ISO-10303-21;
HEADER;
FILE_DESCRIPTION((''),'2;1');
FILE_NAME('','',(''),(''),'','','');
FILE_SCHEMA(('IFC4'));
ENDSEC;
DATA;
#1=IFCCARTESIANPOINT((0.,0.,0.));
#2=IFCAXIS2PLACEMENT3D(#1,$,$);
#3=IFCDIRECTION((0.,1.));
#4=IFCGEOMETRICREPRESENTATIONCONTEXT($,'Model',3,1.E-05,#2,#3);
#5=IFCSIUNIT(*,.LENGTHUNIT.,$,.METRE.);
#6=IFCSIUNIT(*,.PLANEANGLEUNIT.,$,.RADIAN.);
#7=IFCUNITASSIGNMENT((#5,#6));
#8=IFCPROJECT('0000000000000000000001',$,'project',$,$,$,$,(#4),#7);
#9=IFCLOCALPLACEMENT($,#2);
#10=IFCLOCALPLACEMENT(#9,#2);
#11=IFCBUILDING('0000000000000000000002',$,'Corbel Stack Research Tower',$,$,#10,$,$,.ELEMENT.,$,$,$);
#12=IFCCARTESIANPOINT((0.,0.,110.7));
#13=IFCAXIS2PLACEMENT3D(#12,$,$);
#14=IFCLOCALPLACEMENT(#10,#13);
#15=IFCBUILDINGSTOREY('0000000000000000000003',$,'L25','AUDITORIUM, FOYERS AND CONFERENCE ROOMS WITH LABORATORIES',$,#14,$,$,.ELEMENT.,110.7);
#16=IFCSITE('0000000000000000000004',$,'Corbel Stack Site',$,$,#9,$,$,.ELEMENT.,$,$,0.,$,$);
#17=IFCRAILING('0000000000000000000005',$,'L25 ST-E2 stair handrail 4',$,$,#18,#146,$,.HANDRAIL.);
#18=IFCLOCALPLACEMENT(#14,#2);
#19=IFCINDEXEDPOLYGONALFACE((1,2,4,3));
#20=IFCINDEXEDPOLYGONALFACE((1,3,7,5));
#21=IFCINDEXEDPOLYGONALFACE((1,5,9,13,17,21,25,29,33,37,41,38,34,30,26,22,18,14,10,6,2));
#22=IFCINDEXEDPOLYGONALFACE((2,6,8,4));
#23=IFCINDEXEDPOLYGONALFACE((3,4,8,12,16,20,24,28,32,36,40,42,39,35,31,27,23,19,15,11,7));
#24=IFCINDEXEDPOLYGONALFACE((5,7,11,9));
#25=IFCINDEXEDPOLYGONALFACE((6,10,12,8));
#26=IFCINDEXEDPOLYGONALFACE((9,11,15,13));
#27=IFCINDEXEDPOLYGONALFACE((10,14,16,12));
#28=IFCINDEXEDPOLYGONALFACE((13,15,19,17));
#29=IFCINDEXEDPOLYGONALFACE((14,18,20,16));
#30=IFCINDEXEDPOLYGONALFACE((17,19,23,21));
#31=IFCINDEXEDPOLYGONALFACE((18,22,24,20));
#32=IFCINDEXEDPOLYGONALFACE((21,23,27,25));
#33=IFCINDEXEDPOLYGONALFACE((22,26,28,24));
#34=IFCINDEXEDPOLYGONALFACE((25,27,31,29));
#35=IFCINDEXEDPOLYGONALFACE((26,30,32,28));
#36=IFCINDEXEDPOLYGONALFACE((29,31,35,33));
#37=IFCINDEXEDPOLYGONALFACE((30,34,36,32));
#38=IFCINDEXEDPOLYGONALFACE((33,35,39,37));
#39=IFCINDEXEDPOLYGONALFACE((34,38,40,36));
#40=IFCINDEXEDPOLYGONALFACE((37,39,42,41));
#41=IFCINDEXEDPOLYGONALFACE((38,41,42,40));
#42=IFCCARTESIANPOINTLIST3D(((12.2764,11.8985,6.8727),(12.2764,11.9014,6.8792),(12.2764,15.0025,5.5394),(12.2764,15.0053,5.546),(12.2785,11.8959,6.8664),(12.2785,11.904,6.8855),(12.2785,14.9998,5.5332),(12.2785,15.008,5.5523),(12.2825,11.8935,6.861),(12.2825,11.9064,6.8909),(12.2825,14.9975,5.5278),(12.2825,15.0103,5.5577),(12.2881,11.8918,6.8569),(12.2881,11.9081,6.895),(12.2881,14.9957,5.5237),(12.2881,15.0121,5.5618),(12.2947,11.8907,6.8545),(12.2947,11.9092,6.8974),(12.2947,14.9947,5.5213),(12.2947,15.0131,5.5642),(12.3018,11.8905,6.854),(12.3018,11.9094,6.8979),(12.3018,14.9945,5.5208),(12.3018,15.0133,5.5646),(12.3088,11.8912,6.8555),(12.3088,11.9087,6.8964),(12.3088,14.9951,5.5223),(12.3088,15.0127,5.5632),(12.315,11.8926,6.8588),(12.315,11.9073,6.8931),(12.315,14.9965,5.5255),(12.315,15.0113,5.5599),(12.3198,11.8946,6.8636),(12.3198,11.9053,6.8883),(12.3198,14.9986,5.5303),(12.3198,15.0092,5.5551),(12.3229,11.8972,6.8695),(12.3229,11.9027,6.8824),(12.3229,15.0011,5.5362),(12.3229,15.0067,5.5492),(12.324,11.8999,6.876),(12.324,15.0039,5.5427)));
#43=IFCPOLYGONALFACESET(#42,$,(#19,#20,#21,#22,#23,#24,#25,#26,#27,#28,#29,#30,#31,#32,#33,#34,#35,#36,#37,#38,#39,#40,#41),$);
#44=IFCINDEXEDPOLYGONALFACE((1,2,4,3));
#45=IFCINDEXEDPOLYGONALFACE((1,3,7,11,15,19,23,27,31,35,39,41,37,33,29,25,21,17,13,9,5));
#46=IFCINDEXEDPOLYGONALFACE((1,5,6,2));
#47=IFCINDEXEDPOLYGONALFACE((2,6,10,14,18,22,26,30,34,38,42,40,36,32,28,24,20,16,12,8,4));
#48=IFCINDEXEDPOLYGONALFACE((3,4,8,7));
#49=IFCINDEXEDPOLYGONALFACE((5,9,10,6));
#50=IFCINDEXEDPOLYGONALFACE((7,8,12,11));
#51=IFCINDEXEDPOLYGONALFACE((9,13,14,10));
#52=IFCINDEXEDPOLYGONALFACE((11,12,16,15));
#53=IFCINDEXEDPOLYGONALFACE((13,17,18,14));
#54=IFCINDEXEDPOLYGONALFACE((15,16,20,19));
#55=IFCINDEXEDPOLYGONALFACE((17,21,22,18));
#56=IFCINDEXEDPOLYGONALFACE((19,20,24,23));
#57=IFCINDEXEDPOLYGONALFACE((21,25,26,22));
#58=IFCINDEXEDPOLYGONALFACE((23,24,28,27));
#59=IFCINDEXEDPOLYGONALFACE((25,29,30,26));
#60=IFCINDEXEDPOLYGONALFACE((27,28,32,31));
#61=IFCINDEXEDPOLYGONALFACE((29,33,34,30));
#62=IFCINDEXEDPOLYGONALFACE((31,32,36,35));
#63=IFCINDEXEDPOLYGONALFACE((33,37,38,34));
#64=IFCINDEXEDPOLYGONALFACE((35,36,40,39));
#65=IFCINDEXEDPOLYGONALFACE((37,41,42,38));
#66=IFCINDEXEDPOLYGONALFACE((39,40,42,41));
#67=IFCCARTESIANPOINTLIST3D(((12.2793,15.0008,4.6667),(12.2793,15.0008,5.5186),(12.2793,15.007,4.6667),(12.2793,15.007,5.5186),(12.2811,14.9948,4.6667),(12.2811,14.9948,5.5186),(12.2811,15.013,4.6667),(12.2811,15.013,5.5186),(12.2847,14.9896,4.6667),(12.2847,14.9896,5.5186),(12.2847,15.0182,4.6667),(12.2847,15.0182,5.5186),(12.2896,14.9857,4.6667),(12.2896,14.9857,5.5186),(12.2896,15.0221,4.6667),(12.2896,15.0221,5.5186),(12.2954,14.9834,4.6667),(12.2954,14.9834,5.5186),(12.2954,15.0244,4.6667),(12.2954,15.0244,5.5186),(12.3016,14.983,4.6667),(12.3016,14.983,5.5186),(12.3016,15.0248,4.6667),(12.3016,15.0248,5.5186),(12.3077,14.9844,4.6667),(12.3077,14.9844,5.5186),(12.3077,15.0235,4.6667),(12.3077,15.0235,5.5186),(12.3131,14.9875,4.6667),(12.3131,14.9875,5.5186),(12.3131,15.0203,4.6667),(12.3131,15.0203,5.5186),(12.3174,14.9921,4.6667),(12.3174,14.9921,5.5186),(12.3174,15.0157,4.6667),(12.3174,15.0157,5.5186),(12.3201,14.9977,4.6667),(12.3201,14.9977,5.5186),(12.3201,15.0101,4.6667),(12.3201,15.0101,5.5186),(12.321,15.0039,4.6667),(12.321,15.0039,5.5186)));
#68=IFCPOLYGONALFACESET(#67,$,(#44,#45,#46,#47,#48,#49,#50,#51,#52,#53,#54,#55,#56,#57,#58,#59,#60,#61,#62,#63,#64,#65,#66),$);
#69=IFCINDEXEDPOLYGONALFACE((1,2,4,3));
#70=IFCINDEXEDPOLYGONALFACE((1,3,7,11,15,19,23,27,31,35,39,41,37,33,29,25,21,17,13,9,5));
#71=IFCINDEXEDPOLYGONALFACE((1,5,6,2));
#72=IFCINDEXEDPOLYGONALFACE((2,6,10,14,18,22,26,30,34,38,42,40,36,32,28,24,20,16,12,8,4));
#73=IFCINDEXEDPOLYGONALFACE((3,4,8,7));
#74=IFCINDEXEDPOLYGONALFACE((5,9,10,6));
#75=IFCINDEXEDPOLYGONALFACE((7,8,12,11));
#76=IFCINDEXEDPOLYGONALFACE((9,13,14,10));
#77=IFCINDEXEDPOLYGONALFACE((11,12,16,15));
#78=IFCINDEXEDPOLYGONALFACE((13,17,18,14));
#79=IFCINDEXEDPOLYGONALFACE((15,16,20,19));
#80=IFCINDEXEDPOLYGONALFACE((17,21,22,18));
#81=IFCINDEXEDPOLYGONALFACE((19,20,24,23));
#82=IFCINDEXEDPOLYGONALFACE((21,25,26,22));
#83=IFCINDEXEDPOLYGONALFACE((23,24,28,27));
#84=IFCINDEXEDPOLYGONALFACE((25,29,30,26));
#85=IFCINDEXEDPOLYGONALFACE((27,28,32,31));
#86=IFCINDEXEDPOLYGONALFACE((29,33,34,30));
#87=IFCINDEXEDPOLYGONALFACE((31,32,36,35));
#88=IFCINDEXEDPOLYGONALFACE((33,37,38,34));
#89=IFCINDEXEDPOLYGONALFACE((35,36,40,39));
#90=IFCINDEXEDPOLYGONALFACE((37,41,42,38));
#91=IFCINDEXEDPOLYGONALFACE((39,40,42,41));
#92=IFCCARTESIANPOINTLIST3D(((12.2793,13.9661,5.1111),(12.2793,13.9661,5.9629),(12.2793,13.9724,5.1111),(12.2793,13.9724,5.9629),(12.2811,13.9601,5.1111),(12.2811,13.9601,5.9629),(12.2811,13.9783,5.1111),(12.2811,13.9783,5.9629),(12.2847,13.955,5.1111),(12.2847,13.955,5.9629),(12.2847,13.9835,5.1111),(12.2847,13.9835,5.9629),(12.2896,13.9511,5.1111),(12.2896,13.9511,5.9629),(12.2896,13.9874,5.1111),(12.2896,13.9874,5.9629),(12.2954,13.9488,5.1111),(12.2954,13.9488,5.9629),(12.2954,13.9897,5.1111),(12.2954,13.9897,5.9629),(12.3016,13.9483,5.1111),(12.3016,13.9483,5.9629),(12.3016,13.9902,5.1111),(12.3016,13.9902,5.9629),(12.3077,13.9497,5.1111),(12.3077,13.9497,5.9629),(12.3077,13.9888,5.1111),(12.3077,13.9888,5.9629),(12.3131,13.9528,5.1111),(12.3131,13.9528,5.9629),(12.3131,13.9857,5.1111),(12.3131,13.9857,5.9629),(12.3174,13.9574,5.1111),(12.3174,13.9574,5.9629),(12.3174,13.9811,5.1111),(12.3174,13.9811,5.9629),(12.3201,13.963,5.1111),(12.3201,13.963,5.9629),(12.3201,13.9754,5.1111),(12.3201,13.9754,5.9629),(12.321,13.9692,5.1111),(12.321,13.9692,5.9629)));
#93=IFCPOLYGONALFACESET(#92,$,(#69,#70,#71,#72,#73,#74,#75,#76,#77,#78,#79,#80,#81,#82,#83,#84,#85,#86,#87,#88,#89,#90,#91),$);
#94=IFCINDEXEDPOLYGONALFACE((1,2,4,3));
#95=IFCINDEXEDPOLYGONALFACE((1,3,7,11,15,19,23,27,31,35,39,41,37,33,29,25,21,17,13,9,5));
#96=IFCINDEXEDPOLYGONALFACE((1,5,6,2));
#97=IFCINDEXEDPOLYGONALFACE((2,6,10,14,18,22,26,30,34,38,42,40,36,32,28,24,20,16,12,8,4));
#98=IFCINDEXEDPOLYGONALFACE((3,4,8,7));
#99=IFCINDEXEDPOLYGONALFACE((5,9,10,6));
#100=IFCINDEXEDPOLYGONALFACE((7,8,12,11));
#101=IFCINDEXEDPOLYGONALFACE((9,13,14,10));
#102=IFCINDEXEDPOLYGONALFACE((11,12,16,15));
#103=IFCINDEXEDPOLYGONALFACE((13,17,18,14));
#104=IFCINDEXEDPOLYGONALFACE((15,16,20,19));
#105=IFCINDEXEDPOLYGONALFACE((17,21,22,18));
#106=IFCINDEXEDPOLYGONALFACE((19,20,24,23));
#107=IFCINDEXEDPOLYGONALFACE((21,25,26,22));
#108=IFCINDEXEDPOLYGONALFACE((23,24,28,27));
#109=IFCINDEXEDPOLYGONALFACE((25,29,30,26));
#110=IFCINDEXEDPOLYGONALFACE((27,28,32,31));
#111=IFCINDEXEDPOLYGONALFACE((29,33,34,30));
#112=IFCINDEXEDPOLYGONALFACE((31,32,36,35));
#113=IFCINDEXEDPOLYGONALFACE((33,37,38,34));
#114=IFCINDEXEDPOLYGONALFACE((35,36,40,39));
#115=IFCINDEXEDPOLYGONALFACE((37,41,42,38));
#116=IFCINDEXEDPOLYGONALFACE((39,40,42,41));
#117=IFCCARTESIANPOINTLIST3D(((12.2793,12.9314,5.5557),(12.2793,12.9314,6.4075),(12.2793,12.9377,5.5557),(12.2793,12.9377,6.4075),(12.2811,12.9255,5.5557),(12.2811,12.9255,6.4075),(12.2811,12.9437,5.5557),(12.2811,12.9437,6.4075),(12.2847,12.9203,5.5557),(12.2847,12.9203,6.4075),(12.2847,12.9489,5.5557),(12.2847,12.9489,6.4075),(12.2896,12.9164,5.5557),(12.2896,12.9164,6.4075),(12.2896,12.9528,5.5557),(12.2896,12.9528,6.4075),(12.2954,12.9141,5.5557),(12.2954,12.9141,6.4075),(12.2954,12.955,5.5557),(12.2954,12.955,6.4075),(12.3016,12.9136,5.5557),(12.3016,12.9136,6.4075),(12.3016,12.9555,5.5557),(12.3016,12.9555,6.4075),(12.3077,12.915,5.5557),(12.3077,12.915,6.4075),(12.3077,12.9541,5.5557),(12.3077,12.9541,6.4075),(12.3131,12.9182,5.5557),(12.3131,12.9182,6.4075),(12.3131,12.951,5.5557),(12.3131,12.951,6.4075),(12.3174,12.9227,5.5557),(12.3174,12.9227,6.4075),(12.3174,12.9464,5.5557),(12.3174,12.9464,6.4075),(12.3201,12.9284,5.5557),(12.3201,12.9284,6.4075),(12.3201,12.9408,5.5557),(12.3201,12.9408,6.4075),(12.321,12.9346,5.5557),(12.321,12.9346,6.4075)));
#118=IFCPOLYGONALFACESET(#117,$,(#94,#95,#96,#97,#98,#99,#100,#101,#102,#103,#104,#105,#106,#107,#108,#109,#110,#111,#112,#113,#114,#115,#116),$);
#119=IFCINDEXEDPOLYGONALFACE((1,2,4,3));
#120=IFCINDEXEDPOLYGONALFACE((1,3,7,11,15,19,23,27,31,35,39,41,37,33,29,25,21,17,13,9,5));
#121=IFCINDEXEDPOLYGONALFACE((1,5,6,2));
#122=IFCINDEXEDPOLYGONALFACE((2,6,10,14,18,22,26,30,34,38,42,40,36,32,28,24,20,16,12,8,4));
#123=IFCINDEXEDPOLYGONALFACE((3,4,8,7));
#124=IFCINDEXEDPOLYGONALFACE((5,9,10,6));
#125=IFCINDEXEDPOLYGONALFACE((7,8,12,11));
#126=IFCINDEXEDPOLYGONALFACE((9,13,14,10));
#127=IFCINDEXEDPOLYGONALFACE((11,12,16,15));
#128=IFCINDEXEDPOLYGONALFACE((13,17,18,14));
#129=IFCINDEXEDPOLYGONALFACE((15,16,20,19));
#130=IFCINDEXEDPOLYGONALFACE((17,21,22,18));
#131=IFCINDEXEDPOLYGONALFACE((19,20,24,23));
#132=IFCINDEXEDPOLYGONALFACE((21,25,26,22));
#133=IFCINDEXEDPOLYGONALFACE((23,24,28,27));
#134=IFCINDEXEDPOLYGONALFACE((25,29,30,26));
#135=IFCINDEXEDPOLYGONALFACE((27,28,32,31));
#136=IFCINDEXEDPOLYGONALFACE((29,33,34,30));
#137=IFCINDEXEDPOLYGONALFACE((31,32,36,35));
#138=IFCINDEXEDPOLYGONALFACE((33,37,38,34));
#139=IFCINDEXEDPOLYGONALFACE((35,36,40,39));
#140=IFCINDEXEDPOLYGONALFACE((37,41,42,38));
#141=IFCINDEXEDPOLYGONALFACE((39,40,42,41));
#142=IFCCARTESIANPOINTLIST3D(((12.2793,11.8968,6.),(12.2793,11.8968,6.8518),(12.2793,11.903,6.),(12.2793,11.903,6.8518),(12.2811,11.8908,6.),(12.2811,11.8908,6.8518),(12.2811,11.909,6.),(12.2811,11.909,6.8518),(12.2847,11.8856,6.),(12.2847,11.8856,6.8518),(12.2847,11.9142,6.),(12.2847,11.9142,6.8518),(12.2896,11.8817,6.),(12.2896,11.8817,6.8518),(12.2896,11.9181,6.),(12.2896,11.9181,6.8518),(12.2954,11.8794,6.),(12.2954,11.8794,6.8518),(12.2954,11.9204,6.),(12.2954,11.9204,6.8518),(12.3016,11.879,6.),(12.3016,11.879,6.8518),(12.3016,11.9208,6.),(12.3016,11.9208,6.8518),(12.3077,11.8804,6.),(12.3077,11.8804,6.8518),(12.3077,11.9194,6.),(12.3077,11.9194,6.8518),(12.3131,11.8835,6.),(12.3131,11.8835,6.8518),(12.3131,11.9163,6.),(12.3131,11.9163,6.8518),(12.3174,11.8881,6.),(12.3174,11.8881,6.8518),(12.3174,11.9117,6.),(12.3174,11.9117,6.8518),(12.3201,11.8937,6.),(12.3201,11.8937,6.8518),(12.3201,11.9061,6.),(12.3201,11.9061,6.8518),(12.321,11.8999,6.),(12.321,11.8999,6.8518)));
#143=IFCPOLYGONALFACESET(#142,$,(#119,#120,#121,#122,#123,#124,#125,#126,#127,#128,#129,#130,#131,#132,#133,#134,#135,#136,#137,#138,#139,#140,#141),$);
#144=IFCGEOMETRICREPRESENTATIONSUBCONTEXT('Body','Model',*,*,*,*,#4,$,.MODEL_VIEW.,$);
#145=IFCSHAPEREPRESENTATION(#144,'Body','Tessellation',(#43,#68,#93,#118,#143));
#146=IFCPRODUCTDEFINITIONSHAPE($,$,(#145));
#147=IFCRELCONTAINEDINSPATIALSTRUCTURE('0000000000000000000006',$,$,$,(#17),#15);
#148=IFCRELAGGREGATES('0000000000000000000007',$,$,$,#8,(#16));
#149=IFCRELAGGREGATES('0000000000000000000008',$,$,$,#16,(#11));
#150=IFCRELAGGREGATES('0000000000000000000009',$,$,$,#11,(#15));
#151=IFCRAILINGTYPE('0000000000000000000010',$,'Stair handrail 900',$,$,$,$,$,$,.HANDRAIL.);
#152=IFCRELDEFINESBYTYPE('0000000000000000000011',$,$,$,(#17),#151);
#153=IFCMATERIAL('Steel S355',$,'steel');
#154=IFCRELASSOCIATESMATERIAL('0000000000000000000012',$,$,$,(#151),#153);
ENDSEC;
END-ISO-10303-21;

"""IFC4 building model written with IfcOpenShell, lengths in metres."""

from ifc_helpers import new_model, si_unit, direction, frame, origin, origin_2d, place, context, subcontext, project, spatial, circle, extrude, material, type_object, element, save


model = new_model("IFC4")

# Units and contexts
model_context = context("Model", 3, precision=1e-05, world=origin(), true_north=direction((0.0, 1.0)))
body_context = subcontext(model_context, "Body", "Model", "MODEL_VIEW")
ifc_project = project(units=[si_unit("LENGTHUNIT", "METRE"), si_unit("PLANEANGLEUNIT", "RADIAN")], contexts=[model_context])

# Site, building, storey
site_placement = place(None, origin())
site = spatial("IfcSite", under=ifc_project, at=site_placement, Name="Corbel Stack Site", CompositionType="ELEMENT", RefElevation=0.0)
building_placement = place(site_placement, origin())
building = spatial("IfcBuilding", under=site, at=building_placement, Name="Corbel Stack Research Tower", CompositionType="ELEMENT")
storey_placement = place(building_placement, frame((0.0, 0.0, 110.7)))
storey = spatial("IfcBuildingStorey", under=building, at=storey_placement, Name="L25", Description="AUDITORIUM, FOYERS AND CONFERENCE ROOMS WITH LABORATORIES", CompositionType="ELEMENT", Elevation=110.7)

# Railing
ifc_material_1 = material(Name="Steel S355", Category="steel")
railing_type = type_object("IfcRailingType", Name="Stair handrail 900", PredefinedType="HANDRAIL", material=ifc_material_1)
for number, where, name in (
    (1, (12.3, 15.0039, 4.6667), "L25 ST-E2 stair handrail 4"),
):
    element("IfcRailing", number, at=place(storey_placement, frame(where)), inside=storey, type_object=railing_type, Name=name, PredefinedType="HANDRAIL", context=body_context, shape_type="SweptSolid", body=[
        extrude(circle(Radius=0.0239, at=origin_2d()), frame((0.0, 0.0, 0.876), z_axis=(0.0, -0.918827, 0.394661), x_axis=(1.0, 0.0, 0.0)), (0.0, 0.0, 1.0), 3.3782),
        extrude(circle(Radius=0.021, at=origin_2d()), origin(), (0.0, 0.0, 1.0), 0.8518),
        extrude(circle(Radius=0.021, at=origin_2d()), frame((0.0, -1.0347, 0.4443)), (0.0, 0.0, 1.0), 0.8518),
        extrude(circle(Radius=0.021, at=origin_2d()), frame((0.0, -2.0693, 0.8889)), (0.0, 0.0, 1.0), 0.8518),
        extrude(circle(Radius=0.021, at=origin_2d()), frame((0.0, -3.104, 1.3333)), (0.0, 0.0, 1.0), 0.8518),
    ])

save(model, "model.ifc")
